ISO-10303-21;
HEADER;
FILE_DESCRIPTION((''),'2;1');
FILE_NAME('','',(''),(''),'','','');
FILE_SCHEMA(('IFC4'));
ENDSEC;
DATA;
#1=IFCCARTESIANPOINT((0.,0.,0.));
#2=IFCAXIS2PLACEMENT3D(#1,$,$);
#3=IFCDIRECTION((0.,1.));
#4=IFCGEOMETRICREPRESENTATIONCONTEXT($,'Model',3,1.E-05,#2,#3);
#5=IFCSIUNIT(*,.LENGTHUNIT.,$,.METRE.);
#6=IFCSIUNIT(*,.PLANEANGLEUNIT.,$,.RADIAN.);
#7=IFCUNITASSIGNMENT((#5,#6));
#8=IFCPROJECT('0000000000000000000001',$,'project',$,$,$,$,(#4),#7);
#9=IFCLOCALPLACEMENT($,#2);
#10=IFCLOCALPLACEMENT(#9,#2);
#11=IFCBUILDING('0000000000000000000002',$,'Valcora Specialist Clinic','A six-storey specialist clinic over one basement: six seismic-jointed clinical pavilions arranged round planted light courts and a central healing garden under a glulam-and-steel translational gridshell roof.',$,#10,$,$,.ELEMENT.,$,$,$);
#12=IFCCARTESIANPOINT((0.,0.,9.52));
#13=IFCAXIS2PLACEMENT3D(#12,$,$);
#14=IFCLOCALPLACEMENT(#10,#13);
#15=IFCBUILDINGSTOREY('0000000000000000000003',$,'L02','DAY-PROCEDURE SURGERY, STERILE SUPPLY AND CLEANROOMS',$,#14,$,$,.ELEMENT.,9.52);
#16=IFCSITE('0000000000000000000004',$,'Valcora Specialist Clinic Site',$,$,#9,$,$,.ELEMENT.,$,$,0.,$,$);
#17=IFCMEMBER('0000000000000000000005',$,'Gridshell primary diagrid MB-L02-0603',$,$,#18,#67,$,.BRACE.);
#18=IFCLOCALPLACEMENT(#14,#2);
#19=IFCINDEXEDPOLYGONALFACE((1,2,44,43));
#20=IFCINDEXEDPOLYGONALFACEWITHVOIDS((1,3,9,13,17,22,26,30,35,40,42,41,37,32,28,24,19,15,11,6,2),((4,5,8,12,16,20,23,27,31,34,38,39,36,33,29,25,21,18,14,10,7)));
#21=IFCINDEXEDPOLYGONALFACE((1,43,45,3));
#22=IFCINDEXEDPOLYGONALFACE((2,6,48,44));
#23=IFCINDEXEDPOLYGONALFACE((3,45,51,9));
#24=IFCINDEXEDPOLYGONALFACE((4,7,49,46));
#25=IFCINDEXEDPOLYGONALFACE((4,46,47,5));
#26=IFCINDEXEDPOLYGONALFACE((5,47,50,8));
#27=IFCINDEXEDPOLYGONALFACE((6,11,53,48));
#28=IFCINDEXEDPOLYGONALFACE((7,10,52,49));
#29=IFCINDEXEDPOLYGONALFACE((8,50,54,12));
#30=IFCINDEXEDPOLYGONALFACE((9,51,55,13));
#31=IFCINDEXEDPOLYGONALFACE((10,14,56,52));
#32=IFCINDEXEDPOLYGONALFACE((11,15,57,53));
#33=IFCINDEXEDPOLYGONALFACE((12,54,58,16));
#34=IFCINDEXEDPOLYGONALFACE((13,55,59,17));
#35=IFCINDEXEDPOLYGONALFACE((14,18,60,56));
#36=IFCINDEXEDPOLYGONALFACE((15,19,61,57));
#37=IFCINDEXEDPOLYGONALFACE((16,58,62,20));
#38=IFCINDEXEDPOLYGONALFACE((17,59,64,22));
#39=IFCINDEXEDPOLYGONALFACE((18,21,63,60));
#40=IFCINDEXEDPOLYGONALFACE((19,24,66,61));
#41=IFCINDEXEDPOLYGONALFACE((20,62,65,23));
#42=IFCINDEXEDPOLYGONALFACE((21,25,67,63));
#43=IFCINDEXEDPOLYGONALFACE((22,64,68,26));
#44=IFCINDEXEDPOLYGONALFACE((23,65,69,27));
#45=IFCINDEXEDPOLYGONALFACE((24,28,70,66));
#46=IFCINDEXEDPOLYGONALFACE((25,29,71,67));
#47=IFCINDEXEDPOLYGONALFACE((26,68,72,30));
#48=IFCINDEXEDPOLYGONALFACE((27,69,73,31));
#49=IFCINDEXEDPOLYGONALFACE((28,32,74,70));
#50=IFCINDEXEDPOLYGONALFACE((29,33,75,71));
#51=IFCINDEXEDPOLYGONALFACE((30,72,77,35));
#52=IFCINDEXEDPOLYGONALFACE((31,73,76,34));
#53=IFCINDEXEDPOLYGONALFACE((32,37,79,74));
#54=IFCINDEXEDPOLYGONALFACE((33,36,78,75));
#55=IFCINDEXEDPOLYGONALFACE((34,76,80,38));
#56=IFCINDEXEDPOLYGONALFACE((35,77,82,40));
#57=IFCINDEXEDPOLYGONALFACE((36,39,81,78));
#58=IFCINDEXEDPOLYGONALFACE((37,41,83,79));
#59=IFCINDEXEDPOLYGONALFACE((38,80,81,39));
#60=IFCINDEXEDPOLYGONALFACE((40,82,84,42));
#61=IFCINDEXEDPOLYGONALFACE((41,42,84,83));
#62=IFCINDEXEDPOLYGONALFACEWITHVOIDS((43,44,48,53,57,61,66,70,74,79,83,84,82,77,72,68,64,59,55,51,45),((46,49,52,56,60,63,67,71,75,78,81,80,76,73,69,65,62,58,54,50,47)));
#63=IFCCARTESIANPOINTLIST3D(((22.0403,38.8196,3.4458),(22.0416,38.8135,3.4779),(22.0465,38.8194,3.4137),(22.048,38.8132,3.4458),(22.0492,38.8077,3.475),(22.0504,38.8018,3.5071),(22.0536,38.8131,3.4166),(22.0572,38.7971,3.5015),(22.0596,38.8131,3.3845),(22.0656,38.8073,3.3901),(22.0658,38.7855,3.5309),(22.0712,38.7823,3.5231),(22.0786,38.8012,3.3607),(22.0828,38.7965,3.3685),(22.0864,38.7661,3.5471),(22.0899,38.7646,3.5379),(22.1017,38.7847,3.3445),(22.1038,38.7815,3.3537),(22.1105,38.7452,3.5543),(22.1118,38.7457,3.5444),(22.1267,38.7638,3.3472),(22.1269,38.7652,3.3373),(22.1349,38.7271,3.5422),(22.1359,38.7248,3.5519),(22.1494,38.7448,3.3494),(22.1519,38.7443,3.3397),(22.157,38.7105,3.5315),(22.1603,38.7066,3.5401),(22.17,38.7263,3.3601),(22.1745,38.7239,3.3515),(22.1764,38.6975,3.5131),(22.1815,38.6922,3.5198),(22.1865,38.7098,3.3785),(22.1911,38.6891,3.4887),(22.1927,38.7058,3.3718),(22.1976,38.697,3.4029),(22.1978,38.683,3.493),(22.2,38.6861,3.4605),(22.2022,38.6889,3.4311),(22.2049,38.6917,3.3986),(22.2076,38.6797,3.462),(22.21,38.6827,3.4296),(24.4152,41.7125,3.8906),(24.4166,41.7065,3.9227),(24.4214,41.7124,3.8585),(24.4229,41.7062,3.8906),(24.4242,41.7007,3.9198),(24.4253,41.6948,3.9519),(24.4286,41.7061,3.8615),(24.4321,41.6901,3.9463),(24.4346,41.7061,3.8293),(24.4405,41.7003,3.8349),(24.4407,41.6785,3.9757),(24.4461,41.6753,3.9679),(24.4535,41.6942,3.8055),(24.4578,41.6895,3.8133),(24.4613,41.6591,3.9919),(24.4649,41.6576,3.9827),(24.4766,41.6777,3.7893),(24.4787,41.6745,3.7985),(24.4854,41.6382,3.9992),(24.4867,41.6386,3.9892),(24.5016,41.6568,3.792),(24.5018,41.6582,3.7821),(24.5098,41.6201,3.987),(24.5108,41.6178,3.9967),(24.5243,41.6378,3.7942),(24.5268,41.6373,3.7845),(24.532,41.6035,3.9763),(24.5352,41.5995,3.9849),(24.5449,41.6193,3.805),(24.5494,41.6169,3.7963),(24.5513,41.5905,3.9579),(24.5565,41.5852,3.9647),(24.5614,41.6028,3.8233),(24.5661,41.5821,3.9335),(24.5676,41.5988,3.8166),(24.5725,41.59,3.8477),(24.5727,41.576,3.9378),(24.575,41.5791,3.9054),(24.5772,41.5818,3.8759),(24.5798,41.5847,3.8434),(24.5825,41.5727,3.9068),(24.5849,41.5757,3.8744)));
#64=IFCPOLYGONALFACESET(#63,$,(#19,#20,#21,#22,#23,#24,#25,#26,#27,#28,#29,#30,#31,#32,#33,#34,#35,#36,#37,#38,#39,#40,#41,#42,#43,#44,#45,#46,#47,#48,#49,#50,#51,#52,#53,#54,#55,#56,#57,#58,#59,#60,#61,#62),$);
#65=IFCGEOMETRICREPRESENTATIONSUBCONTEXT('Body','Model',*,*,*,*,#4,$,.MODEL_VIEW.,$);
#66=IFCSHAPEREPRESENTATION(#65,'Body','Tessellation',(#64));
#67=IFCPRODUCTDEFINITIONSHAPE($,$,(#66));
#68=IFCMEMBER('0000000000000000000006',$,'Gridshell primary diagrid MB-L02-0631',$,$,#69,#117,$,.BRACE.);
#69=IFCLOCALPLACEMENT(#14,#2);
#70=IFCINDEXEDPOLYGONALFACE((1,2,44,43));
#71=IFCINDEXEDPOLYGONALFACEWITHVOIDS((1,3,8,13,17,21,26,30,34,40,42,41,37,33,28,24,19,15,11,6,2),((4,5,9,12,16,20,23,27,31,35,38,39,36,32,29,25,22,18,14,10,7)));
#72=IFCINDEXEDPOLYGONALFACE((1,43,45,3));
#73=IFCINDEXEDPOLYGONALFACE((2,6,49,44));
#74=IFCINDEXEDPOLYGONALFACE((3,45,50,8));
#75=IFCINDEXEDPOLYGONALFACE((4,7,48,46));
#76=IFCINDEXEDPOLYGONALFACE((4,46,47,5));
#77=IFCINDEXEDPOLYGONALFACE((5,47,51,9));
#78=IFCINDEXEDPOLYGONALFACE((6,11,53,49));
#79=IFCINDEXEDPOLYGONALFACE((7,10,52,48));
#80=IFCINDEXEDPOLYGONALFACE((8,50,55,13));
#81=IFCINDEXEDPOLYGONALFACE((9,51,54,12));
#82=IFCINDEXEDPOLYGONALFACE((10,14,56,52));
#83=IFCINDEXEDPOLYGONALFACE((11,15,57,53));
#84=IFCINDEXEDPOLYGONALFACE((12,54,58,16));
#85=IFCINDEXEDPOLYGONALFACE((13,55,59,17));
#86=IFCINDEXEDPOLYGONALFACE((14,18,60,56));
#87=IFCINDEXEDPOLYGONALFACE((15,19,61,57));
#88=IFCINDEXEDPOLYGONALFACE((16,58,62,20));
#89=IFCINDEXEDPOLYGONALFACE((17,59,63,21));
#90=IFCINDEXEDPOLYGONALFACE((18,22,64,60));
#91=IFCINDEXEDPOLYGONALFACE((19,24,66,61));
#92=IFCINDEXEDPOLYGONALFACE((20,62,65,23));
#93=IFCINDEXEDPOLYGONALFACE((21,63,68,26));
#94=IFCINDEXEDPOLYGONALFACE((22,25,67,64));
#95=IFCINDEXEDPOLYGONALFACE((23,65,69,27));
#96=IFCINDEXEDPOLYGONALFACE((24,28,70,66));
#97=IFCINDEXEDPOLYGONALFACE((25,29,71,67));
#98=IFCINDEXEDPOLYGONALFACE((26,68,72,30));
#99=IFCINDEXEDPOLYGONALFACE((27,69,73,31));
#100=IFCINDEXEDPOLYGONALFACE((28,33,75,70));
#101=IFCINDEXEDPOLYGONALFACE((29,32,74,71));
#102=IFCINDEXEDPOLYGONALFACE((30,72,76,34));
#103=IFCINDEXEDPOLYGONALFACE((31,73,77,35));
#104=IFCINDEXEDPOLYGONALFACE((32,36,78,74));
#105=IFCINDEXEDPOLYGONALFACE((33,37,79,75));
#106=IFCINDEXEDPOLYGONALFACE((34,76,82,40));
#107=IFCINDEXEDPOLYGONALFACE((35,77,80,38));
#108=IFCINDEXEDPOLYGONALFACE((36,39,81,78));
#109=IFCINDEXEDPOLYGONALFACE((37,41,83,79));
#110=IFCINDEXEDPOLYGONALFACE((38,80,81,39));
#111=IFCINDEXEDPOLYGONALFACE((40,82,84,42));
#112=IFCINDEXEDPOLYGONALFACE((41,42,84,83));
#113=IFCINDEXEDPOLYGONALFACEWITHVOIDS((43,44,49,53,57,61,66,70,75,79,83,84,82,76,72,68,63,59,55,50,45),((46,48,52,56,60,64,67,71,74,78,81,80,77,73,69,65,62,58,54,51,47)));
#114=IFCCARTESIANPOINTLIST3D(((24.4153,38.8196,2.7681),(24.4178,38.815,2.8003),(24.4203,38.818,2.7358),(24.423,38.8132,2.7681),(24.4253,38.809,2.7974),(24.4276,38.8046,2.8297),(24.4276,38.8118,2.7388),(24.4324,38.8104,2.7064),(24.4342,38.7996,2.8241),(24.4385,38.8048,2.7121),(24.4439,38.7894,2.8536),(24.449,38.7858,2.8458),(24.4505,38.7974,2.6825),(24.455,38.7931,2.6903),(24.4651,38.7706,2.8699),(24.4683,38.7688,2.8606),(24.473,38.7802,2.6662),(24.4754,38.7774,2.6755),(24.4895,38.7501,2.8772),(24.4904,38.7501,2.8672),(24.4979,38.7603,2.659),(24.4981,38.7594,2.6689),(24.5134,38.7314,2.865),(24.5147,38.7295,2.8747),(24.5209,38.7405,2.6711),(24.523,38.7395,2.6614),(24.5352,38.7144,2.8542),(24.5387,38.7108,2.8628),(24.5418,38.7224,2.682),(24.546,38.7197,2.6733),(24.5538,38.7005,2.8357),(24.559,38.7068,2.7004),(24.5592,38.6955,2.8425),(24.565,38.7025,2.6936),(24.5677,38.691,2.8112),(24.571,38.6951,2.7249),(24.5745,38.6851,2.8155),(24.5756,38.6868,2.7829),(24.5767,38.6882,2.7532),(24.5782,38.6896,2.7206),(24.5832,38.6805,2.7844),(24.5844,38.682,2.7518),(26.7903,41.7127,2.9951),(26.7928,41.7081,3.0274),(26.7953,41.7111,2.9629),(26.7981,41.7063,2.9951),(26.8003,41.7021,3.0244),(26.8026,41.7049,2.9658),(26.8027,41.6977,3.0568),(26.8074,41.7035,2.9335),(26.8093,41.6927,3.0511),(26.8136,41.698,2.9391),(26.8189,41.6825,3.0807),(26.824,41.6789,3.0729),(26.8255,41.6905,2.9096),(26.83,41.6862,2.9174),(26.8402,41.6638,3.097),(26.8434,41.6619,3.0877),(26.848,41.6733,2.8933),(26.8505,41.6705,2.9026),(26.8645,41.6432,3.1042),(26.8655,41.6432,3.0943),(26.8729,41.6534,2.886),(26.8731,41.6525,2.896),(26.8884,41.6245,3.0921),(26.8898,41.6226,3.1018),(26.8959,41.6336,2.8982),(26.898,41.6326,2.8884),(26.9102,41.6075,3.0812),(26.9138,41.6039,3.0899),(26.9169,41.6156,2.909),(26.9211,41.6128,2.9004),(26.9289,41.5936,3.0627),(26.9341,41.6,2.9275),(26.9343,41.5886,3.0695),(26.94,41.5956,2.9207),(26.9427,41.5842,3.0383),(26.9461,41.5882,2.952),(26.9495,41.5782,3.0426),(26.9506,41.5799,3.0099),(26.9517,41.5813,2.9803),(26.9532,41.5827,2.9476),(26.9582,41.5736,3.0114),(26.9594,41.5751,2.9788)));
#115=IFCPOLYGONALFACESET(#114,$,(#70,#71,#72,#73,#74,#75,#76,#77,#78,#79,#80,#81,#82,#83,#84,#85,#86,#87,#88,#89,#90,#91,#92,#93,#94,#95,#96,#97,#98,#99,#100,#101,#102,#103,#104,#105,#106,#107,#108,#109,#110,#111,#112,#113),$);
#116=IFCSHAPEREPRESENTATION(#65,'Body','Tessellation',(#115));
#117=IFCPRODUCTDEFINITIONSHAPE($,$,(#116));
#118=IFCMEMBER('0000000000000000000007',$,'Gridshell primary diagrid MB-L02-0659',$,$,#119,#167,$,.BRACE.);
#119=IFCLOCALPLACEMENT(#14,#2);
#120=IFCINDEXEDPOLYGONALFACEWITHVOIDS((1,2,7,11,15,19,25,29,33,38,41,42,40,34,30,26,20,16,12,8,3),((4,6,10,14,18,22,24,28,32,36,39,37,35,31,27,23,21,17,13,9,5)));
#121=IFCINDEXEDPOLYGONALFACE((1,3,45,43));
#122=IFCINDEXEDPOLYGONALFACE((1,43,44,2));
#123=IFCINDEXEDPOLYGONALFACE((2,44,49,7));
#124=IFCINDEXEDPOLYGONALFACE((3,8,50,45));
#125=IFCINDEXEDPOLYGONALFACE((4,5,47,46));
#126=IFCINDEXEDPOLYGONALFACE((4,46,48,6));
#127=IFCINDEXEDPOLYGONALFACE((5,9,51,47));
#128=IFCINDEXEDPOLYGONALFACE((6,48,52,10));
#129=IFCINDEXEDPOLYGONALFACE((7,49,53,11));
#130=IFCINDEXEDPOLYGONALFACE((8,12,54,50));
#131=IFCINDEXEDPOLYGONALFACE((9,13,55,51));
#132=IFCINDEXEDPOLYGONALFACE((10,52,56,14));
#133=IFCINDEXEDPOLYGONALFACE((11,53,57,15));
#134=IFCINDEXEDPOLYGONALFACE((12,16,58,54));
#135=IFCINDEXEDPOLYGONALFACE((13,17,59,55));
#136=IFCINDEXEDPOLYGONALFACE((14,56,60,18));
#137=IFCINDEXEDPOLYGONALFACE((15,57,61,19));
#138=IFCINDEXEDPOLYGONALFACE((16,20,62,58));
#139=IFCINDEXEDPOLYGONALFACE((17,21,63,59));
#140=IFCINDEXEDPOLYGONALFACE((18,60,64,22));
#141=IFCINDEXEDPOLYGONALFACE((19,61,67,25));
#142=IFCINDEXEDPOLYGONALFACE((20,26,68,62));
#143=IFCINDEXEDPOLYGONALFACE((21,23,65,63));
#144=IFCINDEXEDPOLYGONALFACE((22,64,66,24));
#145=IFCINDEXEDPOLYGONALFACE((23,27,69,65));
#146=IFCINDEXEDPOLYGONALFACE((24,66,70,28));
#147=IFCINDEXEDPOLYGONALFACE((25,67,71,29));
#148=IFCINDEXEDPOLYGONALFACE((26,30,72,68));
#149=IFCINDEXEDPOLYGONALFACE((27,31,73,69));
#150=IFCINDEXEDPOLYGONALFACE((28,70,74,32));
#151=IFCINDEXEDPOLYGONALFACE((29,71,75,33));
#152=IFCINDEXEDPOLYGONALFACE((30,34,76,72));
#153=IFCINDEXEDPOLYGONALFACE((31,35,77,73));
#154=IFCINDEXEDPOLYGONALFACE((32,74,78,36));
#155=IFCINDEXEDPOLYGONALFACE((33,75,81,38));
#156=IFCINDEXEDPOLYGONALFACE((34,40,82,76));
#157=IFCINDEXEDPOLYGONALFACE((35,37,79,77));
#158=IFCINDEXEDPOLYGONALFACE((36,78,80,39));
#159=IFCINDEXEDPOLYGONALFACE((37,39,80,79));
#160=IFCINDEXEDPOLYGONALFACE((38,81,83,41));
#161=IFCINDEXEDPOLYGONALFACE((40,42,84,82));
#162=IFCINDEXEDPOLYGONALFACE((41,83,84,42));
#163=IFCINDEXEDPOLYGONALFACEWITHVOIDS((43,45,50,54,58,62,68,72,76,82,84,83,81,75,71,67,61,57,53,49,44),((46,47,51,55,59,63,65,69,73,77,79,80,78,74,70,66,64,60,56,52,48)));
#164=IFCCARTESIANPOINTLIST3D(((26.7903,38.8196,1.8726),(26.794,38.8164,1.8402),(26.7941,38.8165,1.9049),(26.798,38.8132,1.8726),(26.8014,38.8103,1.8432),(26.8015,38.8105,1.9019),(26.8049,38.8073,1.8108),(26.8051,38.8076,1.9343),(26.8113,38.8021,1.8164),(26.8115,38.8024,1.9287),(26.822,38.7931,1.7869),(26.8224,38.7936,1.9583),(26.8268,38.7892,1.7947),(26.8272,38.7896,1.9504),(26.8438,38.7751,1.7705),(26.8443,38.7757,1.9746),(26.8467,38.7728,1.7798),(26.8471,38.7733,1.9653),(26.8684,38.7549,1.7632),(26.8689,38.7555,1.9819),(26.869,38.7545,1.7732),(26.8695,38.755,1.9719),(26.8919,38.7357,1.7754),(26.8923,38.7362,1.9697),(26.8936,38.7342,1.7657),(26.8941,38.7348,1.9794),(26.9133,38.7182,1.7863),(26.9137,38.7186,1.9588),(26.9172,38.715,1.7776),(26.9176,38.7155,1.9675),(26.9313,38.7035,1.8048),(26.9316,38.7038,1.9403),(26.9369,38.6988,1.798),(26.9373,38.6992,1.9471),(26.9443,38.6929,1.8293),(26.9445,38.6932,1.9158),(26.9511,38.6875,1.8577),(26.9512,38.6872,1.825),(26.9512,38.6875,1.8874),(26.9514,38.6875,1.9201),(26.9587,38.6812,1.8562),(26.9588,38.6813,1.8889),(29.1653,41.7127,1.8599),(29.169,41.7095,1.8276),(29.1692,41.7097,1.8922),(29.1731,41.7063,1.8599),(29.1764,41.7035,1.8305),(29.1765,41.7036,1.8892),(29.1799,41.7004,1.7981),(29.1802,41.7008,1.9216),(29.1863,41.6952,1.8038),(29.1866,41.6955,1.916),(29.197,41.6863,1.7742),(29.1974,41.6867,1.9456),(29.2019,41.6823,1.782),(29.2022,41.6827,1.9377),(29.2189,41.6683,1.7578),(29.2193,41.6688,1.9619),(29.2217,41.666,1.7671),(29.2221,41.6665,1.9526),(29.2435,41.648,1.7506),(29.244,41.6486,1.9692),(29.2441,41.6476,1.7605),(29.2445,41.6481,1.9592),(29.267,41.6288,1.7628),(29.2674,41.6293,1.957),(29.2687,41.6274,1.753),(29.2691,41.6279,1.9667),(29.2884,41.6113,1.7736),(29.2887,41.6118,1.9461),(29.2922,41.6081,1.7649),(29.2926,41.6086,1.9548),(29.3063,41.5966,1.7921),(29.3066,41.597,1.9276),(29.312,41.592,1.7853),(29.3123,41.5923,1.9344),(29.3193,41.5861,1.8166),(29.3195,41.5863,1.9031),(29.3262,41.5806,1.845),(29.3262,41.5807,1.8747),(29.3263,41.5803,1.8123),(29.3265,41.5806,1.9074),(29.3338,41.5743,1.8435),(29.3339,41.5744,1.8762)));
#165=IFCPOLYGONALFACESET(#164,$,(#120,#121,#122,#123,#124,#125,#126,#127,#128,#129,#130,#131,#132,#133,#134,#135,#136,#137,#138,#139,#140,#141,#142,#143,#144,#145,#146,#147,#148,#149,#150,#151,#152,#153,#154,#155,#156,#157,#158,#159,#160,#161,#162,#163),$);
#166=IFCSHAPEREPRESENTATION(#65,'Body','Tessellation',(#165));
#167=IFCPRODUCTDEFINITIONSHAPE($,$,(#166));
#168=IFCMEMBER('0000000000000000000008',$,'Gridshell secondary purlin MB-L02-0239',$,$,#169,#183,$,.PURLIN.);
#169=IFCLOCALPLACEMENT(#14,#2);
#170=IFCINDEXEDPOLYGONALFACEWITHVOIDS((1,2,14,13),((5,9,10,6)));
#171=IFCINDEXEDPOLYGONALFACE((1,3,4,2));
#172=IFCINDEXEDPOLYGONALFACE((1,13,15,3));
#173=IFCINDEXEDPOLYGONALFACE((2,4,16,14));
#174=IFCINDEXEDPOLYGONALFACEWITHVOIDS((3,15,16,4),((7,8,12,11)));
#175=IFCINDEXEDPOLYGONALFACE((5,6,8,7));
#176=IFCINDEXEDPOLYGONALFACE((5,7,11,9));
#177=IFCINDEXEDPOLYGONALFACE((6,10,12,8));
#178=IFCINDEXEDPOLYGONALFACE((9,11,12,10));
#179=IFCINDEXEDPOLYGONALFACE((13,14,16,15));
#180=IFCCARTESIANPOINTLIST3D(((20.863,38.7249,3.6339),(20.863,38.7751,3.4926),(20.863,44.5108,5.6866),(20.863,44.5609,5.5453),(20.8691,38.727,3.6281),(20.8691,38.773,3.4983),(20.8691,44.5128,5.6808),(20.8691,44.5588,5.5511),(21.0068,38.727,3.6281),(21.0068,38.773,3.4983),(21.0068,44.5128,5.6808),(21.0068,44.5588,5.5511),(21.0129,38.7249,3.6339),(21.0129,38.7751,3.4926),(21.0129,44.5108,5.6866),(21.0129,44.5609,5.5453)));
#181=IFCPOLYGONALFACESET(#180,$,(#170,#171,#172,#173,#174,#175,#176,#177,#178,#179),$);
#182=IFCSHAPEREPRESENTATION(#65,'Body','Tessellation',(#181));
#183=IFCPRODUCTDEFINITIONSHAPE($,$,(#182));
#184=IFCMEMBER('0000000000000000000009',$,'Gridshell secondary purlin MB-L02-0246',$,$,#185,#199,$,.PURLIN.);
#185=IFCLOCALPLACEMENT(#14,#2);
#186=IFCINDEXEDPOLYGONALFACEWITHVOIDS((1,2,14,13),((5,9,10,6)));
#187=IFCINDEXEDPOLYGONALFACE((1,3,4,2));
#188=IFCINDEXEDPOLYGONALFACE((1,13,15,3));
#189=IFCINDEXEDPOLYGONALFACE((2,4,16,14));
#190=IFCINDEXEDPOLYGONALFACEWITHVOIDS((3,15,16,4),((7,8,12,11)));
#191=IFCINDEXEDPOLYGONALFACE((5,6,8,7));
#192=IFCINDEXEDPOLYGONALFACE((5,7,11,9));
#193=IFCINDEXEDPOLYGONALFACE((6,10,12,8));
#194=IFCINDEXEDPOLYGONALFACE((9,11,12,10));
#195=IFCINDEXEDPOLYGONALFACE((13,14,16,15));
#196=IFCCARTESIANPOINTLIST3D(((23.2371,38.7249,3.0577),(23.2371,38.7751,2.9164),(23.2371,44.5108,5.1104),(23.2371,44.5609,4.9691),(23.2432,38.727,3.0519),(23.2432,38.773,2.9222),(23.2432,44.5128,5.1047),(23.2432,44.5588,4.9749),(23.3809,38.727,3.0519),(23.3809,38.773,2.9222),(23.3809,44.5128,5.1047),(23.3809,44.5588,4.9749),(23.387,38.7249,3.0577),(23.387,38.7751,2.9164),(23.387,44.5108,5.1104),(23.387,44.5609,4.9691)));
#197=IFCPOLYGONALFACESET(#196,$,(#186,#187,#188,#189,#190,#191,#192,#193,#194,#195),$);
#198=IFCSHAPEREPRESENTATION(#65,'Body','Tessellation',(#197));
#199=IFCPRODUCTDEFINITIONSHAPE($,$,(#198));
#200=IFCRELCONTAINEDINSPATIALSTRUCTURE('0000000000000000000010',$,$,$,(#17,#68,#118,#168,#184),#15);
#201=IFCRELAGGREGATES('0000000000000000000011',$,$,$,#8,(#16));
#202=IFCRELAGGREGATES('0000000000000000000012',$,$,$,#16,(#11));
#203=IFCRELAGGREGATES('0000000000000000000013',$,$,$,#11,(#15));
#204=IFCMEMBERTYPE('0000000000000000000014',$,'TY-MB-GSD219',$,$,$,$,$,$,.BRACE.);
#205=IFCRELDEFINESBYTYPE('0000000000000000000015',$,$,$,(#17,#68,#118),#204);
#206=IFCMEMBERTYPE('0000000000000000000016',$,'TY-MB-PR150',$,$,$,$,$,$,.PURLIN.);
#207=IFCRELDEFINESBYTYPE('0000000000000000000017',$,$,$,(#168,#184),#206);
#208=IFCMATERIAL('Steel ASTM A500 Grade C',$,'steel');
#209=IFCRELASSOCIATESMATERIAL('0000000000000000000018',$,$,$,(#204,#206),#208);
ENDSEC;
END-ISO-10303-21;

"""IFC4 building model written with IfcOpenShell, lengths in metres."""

from ifc_helpers import new_model, si_unit, direction, frame, origin, origin_2d, place, context, subcontext, project, spatial, hollow_rectangle, hollow_circle, extrude, material, material_profile, profile_set, type_object, element, save


model = new_model("IFC4")

# Units and contexts
model_context = context("Model", 3, precision=1e-05, world=origin(), true_north=direction((0.0, 1.0)))
body_context = subcontext(model_context, "Body", "Model", "MODEL_VIEW")
ifc_project = project(units=[si_unit("LENGTHUNIT", "METRE"), si_unit("PLANEANGLEUNIT", "RADIAN")], contexts=[model_context])

# Site, building, storey
site_placement = place(None, origin())
site = spatial("IfcSite", under=ifc_project, at=site_placement, Name="Valcora Specialist Clinic Site", CompositionType="ELEMENT", RefElevation=0.0)
building_placement = place(site_placement, origin())
building = spatial("IfcBuilding", under=site, at=building_placement, Name="Valcora Specialist Clinic", Description="A six-storey specialist clinic over one basement: six seismic-jointed clinical pavilions arranged round planted light courts and a central healing garden under a glulam-and-steel translational gridshell roof.", CompositionType="ELEMENT")
storey_placement = place(building_placement, frame((0.0, 0.0, 9.52)))
storey = spatial("IfcBuildingStorey", under=building, at=storey_placement, Name="L02", Description="DAY-PROCEDURE SURGERY, STERILE SUPPLY AND CLEANROOMS", CompositionType="ELEMENT", Elevation=9.52)

# Members
ifc_material_1 = material(Name="Steel ASTM A500 Grade C", Category="steel")
ifc_material_profile_1 = material_profile(ifc_material_1, hollow_circle(Radius=0.1096, WallThickness=0.01, at=origin_2d()), Name="ST-CHS-219X10")
ifc_profile_set_1 = profile_set([ifc_material_profile_1], Name="Steel ASTM A500 Grade C")
member_type_1 = type_object("IfcMemberType", Name="TY-MB-GSD219", PredefinedType="BRACE", material=ifc_profile_set_1)
member_1_placement = place(storey_placement, frame((22.125, 38.75, 3.4458), z_axis=(0.630075, 0.767515, 0.118009), x_axis=(-0.772916, 0.634508, 0.0)))
element("IfcMember", 1, at=member_1_placement, inside=storey, type_object=member_type_1, Name="Gridshell primary diagrid MB-L02-0603", PredefinedType="BRACE", context=body_context, shape_type="SweptSolid", body=[
    extrude(hollow_circle(Radius=0.1096, WallThickness=0.01, at=origin_2d()), origin(), (0.0, 0.0, 1.0), 3.7693),
])
member_2_placement = place(storey_placement, frame((24.5, 38.75, 2.7681), z_axis=(0.633344, 0.771498, 0.060548), x_axis=(-0.772916, 0.634508, 0.0)))
element("IfcMember", 2, at=member_2_placement, inside=storey, type_object=member_type_1, Name="Gridshell primary diagrid MB-L02-0631", PredefinedType="BRACE", context=body_context, shape_type="SweptSolid", body=[
    extrude(hollow_circle(Radius=0.1096, WallThickness=0.01, at=origin_2d()), origin(), (0.0, 0.0, 1.0), 3.75),
])
member_3_placement = place(storey_placement, frame((26.875, 38.75, 1.8726), z_axis=(0.634505, 0.772911, -0.003392), x_axis=(-0.772916, 0.634508, 0.0)))
element("IfcMember", 3, at=member_3_placement, inside=storey, type_object=member_type_1, Name="Gridshell primary diagrid MB-L02-0659", PredefinedType="BRACE", context=body_context, shape_type="SweptSolid", body=[
    extrude(hollow_circle(Radius=0.1096, WallThickness=0.01, at=origin_2d()), origin(), (0.0, 0.0, 1.0), 3.7432),
])
ifc_material_profile_2 = material_profile(ifc_material_1, hollow_rectangle(XDim=0.1499, YDim=0.1499, WallThickness=0.0061, at=origin_2d()), Name="ST-RHS-150X150X6")
ifc_profile_set_2 = profile_set([ifc_material_profile_2], Name="Steel ASTM A500 Grade C")
member_type_2 = type_object("IfcMemberType", Name="TY-MB-PR150", PredefinedType="PURLIN", material=ifc_profile_set_2)
for number, where, z_axis, x_axis, name in (
    (4, (20.938, 38.75, 3.5632), (0.0, 0.942444, 0.334363), (-1.0, 0.0, 0.0), "Gridshell secondary purlin MB-L02-0239"),
    (5, (23.312, 38.75, 2.9871), (0.0, 0.942444, 0.334363), (-1.0, 0.0, 0.0), "Gridshell secondary purlin MB-L02-0246"),
):
    element("IfcMember", number, at=place(storey_placement, frame(where, z_axis=z_axis, x_axis=x_axis)), inside=storey, type_object=member_type_2, Name=name, PredefinedType="PURLIN", context=body_context, shape_type="SweptSolid", body=[
        extrude(hollow_rectangle(XDim=0.1499, YDim=0.1499, WallThickness=0.0061, at=origin_2d()), origin(), (0.0, 0.0, 1.0), 6.1392),
    ])

save(model, "model.ifc")
